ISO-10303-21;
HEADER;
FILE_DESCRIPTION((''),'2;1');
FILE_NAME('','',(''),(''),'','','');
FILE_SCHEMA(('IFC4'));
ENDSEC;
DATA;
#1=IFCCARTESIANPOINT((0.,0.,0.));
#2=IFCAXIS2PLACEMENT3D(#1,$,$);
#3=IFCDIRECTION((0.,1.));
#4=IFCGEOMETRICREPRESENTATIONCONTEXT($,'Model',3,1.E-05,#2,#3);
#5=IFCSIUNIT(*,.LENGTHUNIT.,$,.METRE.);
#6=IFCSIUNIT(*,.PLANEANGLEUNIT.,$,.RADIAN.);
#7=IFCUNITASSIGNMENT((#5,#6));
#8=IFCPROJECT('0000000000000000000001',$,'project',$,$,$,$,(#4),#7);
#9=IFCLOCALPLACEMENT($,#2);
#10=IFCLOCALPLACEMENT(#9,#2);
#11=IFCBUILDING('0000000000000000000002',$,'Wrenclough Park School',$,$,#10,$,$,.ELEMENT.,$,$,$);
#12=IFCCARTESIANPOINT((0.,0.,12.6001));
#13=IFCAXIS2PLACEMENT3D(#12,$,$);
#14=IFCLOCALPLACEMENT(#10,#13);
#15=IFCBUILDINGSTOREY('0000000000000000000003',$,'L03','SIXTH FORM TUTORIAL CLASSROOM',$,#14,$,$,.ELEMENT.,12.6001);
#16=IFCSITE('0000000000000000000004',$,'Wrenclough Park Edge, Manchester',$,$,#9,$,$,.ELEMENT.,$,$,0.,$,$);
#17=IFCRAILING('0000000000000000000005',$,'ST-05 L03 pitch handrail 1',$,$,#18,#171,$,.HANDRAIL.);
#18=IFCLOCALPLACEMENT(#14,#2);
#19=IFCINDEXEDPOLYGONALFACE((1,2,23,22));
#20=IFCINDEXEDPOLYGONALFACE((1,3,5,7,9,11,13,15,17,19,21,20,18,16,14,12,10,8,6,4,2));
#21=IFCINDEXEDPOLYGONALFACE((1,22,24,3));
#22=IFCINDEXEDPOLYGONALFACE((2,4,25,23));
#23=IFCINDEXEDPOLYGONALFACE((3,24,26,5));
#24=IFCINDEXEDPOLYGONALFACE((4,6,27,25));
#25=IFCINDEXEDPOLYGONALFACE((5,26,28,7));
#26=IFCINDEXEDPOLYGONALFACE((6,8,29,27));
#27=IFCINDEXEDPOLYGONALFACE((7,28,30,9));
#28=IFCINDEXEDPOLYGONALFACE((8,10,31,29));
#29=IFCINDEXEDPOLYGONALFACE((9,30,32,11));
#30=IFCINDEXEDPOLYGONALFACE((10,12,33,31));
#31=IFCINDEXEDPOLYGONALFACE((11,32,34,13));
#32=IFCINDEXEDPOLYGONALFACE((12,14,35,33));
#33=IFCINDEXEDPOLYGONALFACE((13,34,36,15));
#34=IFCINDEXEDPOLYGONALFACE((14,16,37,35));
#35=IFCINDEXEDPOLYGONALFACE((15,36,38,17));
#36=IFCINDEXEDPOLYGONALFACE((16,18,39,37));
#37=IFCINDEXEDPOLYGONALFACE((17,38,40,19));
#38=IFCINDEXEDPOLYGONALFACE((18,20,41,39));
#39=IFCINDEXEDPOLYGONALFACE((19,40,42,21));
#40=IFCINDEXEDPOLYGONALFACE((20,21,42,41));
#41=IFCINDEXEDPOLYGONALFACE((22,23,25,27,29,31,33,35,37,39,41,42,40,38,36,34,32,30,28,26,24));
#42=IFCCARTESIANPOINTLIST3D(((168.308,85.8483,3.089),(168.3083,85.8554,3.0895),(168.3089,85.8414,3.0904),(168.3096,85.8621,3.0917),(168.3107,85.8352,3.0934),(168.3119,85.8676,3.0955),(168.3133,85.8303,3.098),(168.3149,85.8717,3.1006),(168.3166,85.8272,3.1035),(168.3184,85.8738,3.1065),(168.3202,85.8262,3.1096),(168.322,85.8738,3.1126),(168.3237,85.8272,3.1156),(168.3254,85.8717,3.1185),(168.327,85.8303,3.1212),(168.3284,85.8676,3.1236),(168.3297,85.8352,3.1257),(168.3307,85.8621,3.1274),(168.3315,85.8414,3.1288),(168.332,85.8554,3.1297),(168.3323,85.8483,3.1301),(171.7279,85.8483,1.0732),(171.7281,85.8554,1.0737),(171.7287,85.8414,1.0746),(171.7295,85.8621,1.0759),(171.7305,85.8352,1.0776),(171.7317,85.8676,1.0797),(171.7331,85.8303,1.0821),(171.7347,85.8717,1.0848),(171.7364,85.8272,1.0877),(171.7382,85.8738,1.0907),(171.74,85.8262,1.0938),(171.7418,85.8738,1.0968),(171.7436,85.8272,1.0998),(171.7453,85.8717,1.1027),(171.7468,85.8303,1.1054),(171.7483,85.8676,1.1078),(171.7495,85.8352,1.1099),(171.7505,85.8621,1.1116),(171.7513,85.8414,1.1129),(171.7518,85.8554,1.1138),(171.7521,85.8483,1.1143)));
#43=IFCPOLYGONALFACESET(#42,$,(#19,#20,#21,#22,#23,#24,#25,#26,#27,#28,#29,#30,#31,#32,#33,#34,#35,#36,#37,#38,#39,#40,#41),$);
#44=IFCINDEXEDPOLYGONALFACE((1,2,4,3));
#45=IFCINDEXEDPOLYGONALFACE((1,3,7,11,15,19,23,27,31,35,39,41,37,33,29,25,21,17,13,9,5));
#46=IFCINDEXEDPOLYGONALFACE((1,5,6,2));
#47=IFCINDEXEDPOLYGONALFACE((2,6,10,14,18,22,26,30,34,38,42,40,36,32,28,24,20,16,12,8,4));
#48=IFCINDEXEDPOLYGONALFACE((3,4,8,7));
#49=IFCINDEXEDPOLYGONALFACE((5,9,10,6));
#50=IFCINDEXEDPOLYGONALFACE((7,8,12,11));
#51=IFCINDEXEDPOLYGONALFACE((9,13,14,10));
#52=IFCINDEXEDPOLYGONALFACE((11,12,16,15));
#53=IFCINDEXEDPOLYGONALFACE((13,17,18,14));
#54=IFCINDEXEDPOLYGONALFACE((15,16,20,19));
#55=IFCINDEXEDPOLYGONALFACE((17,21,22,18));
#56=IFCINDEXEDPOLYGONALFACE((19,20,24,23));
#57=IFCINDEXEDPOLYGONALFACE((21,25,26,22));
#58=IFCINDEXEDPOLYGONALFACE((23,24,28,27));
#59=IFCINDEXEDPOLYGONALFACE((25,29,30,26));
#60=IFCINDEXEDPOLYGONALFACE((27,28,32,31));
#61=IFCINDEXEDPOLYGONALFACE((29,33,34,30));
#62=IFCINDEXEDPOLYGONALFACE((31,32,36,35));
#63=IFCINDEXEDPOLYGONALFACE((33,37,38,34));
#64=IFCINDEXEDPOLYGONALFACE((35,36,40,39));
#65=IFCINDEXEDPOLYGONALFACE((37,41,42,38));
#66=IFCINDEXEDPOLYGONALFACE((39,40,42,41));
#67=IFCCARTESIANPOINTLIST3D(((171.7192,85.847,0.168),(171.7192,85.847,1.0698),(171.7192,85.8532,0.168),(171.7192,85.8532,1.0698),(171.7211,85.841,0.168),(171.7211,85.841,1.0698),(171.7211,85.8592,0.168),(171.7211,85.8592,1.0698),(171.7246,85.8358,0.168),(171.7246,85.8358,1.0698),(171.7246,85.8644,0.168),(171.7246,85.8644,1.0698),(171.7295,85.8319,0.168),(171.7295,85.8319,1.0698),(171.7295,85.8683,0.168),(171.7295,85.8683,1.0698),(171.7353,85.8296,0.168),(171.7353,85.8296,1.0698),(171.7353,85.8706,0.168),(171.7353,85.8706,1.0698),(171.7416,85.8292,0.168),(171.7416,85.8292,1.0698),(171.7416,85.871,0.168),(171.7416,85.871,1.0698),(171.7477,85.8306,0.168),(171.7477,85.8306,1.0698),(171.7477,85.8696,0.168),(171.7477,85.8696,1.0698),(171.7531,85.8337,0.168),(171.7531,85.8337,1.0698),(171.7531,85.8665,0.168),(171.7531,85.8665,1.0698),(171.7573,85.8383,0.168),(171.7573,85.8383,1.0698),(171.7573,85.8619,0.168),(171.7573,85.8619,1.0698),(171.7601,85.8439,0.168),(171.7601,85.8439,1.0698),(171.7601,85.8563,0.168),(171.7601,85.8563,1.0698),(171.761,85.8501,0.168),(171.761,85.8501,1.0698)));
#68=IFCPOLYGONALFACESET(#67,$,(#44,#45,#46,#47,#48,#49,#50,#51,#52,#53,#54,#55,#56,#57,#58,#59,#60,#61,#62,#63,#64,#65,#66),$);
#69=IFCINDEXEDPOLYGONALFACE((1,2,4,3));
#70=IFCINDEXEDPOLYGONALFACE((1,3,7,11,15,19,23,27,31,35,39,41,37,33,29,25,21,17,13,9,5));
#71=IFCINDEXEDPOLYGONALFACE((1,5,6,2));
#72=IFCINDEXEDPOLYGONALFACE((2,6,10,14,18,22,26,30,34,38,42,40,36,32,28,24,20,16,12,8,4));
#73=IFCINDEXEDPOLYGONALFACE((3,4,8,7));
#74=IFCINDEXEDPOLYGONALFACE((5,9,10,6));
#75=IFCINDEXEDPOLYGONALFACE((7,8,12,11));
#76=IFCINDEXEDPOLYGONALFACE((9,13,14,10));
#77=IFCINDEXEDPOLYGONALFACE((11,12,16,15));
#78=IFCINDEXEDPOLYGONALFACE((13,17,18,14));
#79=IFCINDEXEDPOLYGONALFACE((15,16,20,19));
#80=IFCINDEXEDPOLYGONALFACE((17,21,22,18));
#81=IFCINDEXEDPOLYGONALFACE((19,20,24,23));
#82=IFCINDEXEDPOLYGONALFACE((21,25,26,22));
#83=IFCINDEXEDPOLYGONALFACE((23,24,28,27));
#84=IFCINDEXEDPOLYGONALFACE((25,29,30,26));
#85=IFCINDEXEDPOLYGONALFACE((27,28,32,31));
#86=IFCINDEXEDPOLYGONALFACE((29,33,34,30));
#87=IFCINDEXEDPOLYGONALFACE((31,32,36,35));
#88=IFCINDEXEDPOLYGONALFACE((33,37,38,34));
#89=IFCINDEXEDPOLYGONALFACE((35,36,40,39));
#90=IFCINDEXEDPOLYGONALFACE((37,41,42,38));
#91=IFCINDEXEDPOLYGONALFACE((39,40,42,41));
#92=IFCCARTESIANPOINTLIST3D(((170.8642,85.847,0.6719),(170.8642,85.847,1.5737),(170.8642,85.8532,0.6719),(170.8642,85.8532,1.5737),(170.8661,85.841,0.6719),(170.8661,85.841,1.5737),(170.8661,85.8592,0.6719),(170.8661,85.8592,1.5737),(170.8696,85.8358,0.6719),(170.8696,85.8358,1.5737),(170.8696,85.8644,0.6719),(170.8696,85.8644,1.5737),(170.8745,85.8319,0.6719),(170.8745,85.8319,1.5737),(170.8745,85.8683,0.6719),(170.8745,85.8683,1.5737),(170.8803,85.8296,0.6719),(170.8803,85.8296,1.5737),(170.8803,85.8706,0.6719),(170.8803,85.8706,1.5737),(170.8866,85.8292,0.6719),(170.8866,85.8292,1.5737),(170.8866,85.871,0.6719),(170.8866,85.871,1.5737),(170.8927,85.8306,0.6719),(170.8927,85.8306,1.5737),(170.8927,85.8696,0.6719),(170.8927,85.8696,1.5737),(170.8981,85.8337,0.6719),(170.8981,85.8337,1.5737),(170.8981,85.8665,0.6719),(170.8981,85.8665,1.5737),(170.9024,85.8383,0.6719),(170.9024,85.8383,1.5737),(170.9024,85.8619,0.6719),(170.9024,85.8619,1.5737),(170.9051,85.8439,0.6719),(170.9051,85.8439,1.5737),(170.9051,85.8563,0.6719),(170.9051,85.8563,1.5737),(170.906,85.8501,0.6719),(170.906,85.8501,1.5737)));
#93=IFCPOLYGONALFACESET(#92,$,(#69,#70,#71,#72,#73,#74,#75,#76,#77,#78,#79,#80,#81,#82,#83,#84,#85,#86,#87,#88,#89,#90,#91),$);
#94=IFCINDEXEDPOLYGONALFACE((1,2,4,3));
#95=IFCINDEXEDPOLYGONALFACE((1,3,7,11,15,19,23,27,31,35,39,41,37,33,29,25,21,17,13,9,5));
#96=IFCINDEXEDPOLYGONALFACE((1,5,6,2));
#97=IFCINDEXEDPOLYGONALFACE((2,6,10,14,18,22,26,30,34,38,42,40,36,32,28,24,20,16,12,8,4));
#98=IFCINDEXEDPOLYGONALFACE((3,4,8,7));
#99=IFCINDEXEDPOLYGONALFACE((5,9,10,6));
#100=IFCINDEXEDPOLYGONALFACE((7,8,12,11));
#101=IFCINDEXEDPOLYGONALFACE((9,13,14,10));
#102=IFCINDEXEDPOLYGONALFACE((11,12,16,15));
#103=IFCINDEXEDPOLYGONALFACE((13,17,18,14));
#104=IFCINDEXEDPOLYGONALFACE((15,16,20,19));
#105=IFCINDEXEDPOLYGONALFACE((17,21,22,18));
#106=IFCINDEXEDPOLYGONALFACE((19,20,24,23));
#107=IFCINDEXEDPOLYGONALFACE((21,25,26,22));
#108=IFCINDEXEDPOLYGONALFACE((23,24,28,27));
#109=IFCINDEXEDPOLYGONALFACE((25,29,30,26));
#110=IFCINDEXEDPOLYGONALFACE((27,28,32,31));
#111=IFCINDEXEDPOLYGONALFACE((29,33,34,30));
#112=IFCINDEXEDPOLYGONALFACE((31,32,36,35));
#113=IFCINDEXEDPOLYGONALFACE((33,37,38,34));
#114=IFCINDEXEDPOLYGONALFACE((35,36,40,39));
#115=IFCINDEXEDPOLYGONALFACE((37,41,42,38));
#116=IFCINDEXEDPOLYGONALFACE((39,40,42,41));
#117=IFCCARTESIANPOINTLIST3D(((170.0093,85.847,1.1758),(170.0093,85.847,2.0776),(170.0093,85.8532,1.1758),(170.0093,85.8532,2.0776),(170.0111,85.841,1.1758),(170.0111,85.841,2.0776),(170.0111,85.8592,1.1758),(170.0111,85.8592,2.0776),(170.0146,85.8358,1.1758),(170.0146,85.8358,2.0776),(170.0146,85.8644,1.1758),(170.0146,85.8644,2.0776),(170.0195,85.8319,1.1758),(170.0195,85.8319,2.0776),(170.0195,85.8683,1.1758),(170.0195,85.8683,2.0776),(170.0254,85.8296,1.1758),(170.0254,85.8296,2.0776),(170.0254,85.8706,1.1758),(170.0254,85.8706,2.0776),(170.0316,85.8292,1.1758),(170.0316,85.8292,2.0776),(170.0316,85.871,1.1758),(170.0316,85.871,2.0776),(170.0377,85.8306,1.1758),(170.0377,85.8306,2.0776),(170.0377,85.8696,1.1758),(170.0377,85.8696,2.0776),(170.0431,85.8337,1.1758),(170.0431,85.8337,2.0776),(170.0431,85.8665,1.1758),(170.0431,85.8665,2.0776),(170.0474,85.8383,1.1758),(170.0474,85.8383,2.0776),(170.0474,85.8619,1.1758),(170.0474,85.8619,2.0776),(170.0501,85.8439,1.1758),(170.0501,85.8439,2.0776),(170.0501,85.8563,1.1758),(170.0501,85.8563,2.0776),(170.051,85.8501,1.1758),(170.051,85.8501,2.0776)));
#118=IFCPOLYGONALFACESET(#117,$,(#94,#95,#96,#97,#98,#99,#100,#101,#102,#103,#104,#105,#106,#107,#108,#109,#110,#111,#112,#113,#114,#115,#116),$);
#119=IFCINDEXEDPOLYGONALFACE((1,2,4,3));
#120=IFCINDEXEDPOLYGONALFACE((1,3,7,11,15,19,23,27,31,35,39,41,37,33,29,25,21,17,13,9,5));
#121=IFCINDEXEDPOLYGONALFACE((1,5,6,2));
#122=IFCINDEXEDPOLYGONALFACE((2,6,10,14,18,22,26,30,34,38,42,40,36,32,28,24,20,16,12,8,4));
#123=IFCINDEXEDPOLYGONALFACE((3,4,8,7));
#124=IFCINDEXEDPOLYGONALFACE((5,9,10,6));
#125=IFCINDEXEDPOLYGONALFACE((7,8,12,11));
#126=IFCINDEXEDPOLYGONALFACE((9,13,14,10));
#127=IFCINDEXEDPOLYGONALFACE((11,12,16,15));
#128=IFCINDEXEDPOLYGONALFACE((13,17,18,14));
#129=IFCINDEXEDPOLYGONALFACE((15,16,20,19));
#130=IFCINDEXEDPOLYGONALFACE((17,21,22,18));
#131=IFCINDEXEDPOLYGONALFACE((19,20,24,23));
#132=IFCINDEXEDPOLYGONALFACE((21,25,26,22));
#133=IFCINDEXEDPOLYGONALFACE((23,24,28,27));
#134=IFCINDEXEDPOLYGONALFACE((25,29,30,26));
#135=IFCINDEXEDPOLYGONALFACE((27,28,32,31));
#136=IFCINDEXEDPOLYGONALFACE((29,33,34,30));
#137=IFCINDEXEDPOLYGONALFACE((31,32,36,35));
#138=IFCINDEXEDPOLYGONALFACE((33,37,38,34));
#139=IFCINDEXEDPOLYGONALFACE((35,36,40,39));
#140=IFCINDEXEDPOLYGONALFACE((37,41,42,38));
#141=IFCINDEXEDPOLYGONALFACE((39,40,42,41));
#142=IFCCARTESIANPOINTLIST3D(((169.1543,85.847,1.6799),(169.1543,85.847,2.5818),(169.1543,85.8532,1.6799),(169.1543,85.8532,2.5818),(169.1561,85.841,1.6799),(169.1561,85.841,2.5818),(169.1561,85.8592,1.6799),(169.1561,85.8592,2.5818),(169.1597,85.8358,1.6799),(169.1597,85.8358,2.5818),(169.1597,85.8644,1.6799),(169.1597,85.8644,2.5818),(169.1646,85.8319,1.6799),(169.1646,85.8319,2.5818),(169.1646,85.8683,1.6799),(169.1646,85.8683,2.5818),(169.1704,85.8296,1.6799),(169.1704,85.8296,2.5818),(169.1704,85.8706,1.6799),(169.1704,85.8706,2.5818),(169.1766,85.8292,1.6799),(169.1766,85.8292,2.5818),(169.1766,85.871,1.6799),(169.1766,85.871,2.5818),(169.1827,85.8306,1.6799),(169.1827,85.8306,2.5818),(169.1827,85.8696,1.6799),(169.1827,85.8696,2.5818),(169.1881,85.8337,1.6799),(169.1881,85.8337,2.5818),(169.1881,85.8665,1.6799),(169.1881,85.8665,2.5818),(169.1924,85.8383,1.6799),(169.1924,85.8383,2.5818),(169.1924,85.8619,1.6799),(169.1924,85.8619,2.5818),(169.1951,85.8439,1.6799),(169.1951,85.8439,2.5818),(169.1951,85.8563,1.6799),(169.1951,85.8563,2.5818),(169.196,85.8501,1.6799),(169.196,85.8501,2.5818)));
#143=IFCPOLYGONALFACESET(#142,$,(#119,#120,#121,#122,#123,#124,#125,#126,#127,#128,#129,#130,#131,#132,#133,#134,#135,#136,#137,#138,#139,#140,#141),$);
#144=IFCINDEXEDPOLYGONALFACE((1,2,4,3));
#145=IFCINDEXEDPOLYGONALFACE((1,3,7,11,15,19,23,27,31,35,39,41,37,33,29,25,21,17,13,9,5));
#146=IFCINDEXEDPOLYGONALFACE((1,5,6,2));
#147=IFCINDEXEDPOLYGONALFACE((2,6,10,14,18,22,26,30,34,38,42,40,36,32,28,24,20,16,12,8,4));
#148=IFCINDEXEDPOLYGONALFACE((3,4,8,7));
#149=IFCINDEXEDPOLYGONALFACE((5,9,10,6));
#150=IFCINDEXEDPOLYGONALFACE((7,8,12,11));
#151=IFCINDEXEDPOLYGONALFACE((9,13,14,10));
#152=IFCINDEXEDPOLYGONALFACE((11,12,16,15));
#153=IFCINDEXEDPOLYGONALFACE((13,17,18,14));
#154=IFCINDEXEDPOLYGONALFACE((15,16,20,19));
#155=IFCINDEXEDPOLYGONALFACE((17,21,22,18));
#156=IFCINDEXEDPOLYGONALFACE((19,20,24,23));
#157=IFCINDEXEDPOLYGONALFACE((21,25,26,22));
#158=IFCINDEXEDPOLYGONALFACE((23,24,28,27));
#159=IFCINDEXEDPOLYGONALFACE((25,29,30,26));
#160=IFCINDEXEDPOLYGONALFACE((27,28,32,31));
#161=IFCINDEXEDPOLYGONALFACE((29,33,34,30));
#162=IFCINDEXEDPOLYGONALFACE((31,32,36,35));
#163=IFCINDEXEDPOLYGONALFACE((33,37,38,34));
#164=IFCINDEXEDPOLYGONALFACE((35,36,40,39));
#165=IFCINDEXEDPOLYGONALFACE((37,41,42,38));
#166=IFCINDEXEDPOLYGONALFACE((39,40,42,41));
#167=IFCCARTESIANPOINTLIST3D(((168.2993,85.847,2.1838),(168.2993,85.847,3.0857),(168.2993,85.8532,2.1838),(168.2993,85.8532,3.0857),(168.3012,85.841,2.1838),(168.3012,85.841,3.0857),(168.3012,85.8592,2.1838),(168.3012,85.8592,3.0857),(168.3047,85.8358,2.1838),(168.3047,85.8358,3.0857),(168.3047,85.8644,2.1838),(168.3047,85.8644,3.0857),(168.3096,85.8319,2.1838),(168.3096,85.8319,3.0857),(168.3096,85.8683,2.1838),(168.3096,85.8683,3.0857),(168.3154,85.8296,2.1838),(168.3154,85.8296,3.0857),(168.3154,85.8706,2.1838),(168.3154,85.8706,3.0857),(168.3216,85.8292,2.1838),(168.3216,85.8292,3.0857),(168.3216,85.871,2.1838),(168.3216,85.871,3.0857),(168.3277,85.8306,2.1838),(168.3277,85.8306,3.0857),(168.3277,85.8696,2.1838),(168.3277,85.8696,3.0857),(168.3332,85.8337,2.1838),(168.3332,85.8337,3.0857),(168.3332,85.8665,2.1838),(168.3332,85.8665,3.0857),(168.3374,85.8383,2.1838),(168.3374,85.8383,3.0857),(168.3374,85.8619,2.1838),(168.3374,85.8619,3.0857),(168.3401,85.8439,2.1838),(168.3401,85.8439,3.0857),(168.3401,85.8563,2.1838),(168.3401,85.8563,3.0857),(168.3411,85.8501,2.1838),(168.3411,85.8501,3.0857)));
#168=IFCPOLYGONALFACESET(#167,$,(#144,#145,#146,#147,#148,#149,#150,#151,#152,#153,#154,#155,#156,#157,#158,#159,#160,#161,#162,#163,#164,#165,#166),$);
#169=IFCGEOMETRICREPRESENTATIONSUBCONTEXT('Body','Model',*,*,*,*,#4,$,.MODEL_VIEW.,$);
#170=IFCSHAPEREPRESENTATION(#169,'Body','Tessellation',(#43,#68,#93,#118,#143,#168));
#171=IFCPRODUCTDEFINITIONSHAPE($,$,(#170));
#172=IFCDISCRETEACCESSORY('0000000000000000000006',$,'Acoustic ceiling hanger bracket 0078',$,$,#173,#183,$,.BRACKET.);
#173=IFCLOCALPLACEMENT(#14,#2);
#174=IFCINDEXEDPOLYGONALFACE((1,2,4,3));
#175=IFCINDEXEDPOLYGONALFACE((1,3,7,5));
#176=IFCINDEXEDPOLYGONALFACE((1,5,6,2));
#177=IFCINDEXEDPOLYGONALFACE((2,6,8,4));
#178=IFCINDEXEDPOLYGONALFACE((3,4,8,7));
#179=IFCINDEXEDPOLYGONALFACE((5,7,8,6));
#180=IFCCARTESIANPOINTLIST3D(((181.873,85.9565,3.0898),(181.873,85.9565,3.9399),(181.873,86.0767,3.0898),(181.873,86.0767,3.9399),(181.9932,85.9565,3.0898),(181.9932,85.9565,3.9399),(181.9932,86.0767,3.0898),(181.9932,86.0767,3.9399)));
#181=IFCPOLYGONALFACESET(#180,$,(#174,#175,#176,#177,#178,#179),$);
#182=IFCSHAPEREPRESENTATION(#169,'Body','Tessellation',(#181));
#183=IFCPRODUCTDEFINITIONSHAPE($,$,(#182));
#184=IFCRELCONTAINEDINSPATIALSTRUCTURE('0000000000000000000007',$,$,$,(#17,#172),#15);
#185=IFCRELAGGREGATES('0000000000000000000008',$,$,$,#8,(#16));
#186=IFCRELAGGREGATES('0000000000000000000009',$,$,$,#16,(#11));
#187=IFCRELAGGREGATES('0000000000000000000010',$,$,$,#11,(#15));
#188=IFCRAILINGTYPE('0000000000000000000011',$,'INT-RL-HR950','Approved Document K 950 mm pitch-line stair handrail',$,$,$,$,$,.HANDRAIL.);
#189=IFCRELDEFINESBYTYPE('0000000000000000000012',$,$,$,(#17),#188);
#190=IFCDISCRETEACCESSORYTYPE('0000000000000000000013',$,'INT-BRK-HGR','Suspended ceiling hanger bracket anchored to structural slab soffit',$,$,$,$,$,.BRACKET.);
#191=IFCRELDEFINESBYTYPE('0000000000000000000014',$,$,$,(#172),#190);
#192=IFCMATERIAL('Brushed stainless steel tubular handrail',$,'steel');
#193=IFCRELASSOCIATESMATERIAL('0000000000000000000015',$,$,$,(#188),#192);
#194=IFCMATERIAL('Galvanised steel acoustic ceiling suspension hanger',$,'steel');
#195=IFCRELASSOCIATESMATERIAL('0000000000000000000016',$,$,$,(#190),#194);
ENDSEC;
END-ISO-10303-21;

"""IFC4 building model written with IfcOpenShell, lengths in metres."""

from ifc_helpers import new_model, si_unit, direction, frame, origin, origin_2d, place, context, subcontext, project, spatial, rectangle, circle, extrude, material, type_object, element, save


model = new_model("IFC4")

# Units and contexts
model_context = context("Model", 3, precision=1e-05, world=origin(), true_north=direction((0.0, 1.0)))
body_context = subcontext(model_context, "Body", "Model", "MODEL_VIEW")
ifc_project = project(units=[si_unit("LENGTHUNIT", "METRE"), si_unit("PLANEANGLEUNIT", "RADIAN")], contexts=[model_context])

# Site, building, storey
site_placement = place(None, origin())
site = spatial("IfcSite", under=ifc_project, at=site_placement, Name="Wrenclough Park Edge, Manchester", CompositionType="ELEMENT", RefElevation=0.0)
building_placement = place(site_placement, origin())
building = spatial("IfcBuilding", under=site, at=building_placement, Name="Wrenclough Park School", CompositionType="ELEMENT")
storey_placement = place(building_placement, frame((0.0, 0.0, 12.6001)))
storey = spatial("IfcBuildingStorey", under=building, at=storey_placement, Name="L03", Description="SIXTH FORM TUTORIAL CLASSROOM", CompositionType="ELEMENT", Elevation=12.6001)

# Railing
ifc_material_1 = material(Name="Brushed stainless steel tubular handrail", Category="steel")
railing_type_1 = type_object("IfcRailingType", Name="INT-RL-HR950", Description="Approved Document K 950 mm pitch-line stair handrail", PredefinedType="HANDRAIL", material=ifc_material_1)
railing_1_placement = place(storey_placement, frame((171.74, 85.8501, 0.168)))
element("IfcRailing", 1, at=railing_1_placement, inside=storey, type_object=railing_type_1, Name="ST-05 L03 pitch handrail 1", PredefinedType="HANDRAIL", context=body_context, shape_type="SweptSolid", body=[
    extrude(circle(Radius=0.0239, at=origin_2d()), frame((0.0, 0.0, 0.9258), z_axis=(-0.861477, 0.0, 0.507797), x_axis=(0.0, -1.0, 0.0)), (0.0, 0.0, 1.0), 3.9697),
    extrude(circle(Radius=0.021, at=origin_2d()), origin(), (0.0, 0.0, 1.0), 0.9019),
    extrude(circle(Radius=0.021, at=origin_2d()), frame((-0.855, 0.0, 0.5039)), (0.0, 0.0, 1.0), 0.9019),
    extrude(circle(Radius=0.021, at=origin_2d()), frame((-1.71, 0.0, 1.0078)), (0.0, 0.0, 1.0), 0.9019),
    extrude(circle(Radius=0.021, at=origin_2d()), frame((-2.5649, 0.0, 1.512)), (0.0, 0.0, 1.0), 0.9019),
    extrude(circle(Radius=0.021, at=origin_2d()), frame((-3.4199, 0.0, 2.0159)), (0.0, 0.0, 1.0), 0.9019),
])

# Discrete accessory
ifc_material_2 = material(Name="Galvanised steel acoustic ceiling suspension hanger", Category="steel")
discrete_accessory_type = type_object("IfcDiscreteAccessoryType", Name="INT-BRK-HGR", Description="Suspended ceiling hanger bracket anchored to structural slab soffit", PredefinedType="BRACKET", material=ifc_material_2)
discrete_accessory_placement = place(storey_placement, frame((181.9331, 86.0166, 3.0898), z_axis=(0.0, 0.0, 1.0), x_axis=(1.0, 0.0, 0.0)))
element("IfcDiscreteAccessory", 2, at=discrete_accessory_placement, inside=storey, type_object=discrete_accessory_type, Name="Acoustic ceiling hanger bracket 0078", PredefinedType="BRACKET", context=body_context, shape_type="SweptSolid", body=[
    extrude(rectangle(XDim=0.1201, YDim=0.1201, at=origin_2d()), origin(), (0.0, 0.0, 1.0), 0.8501),
])

save(model, "model.ifc")
